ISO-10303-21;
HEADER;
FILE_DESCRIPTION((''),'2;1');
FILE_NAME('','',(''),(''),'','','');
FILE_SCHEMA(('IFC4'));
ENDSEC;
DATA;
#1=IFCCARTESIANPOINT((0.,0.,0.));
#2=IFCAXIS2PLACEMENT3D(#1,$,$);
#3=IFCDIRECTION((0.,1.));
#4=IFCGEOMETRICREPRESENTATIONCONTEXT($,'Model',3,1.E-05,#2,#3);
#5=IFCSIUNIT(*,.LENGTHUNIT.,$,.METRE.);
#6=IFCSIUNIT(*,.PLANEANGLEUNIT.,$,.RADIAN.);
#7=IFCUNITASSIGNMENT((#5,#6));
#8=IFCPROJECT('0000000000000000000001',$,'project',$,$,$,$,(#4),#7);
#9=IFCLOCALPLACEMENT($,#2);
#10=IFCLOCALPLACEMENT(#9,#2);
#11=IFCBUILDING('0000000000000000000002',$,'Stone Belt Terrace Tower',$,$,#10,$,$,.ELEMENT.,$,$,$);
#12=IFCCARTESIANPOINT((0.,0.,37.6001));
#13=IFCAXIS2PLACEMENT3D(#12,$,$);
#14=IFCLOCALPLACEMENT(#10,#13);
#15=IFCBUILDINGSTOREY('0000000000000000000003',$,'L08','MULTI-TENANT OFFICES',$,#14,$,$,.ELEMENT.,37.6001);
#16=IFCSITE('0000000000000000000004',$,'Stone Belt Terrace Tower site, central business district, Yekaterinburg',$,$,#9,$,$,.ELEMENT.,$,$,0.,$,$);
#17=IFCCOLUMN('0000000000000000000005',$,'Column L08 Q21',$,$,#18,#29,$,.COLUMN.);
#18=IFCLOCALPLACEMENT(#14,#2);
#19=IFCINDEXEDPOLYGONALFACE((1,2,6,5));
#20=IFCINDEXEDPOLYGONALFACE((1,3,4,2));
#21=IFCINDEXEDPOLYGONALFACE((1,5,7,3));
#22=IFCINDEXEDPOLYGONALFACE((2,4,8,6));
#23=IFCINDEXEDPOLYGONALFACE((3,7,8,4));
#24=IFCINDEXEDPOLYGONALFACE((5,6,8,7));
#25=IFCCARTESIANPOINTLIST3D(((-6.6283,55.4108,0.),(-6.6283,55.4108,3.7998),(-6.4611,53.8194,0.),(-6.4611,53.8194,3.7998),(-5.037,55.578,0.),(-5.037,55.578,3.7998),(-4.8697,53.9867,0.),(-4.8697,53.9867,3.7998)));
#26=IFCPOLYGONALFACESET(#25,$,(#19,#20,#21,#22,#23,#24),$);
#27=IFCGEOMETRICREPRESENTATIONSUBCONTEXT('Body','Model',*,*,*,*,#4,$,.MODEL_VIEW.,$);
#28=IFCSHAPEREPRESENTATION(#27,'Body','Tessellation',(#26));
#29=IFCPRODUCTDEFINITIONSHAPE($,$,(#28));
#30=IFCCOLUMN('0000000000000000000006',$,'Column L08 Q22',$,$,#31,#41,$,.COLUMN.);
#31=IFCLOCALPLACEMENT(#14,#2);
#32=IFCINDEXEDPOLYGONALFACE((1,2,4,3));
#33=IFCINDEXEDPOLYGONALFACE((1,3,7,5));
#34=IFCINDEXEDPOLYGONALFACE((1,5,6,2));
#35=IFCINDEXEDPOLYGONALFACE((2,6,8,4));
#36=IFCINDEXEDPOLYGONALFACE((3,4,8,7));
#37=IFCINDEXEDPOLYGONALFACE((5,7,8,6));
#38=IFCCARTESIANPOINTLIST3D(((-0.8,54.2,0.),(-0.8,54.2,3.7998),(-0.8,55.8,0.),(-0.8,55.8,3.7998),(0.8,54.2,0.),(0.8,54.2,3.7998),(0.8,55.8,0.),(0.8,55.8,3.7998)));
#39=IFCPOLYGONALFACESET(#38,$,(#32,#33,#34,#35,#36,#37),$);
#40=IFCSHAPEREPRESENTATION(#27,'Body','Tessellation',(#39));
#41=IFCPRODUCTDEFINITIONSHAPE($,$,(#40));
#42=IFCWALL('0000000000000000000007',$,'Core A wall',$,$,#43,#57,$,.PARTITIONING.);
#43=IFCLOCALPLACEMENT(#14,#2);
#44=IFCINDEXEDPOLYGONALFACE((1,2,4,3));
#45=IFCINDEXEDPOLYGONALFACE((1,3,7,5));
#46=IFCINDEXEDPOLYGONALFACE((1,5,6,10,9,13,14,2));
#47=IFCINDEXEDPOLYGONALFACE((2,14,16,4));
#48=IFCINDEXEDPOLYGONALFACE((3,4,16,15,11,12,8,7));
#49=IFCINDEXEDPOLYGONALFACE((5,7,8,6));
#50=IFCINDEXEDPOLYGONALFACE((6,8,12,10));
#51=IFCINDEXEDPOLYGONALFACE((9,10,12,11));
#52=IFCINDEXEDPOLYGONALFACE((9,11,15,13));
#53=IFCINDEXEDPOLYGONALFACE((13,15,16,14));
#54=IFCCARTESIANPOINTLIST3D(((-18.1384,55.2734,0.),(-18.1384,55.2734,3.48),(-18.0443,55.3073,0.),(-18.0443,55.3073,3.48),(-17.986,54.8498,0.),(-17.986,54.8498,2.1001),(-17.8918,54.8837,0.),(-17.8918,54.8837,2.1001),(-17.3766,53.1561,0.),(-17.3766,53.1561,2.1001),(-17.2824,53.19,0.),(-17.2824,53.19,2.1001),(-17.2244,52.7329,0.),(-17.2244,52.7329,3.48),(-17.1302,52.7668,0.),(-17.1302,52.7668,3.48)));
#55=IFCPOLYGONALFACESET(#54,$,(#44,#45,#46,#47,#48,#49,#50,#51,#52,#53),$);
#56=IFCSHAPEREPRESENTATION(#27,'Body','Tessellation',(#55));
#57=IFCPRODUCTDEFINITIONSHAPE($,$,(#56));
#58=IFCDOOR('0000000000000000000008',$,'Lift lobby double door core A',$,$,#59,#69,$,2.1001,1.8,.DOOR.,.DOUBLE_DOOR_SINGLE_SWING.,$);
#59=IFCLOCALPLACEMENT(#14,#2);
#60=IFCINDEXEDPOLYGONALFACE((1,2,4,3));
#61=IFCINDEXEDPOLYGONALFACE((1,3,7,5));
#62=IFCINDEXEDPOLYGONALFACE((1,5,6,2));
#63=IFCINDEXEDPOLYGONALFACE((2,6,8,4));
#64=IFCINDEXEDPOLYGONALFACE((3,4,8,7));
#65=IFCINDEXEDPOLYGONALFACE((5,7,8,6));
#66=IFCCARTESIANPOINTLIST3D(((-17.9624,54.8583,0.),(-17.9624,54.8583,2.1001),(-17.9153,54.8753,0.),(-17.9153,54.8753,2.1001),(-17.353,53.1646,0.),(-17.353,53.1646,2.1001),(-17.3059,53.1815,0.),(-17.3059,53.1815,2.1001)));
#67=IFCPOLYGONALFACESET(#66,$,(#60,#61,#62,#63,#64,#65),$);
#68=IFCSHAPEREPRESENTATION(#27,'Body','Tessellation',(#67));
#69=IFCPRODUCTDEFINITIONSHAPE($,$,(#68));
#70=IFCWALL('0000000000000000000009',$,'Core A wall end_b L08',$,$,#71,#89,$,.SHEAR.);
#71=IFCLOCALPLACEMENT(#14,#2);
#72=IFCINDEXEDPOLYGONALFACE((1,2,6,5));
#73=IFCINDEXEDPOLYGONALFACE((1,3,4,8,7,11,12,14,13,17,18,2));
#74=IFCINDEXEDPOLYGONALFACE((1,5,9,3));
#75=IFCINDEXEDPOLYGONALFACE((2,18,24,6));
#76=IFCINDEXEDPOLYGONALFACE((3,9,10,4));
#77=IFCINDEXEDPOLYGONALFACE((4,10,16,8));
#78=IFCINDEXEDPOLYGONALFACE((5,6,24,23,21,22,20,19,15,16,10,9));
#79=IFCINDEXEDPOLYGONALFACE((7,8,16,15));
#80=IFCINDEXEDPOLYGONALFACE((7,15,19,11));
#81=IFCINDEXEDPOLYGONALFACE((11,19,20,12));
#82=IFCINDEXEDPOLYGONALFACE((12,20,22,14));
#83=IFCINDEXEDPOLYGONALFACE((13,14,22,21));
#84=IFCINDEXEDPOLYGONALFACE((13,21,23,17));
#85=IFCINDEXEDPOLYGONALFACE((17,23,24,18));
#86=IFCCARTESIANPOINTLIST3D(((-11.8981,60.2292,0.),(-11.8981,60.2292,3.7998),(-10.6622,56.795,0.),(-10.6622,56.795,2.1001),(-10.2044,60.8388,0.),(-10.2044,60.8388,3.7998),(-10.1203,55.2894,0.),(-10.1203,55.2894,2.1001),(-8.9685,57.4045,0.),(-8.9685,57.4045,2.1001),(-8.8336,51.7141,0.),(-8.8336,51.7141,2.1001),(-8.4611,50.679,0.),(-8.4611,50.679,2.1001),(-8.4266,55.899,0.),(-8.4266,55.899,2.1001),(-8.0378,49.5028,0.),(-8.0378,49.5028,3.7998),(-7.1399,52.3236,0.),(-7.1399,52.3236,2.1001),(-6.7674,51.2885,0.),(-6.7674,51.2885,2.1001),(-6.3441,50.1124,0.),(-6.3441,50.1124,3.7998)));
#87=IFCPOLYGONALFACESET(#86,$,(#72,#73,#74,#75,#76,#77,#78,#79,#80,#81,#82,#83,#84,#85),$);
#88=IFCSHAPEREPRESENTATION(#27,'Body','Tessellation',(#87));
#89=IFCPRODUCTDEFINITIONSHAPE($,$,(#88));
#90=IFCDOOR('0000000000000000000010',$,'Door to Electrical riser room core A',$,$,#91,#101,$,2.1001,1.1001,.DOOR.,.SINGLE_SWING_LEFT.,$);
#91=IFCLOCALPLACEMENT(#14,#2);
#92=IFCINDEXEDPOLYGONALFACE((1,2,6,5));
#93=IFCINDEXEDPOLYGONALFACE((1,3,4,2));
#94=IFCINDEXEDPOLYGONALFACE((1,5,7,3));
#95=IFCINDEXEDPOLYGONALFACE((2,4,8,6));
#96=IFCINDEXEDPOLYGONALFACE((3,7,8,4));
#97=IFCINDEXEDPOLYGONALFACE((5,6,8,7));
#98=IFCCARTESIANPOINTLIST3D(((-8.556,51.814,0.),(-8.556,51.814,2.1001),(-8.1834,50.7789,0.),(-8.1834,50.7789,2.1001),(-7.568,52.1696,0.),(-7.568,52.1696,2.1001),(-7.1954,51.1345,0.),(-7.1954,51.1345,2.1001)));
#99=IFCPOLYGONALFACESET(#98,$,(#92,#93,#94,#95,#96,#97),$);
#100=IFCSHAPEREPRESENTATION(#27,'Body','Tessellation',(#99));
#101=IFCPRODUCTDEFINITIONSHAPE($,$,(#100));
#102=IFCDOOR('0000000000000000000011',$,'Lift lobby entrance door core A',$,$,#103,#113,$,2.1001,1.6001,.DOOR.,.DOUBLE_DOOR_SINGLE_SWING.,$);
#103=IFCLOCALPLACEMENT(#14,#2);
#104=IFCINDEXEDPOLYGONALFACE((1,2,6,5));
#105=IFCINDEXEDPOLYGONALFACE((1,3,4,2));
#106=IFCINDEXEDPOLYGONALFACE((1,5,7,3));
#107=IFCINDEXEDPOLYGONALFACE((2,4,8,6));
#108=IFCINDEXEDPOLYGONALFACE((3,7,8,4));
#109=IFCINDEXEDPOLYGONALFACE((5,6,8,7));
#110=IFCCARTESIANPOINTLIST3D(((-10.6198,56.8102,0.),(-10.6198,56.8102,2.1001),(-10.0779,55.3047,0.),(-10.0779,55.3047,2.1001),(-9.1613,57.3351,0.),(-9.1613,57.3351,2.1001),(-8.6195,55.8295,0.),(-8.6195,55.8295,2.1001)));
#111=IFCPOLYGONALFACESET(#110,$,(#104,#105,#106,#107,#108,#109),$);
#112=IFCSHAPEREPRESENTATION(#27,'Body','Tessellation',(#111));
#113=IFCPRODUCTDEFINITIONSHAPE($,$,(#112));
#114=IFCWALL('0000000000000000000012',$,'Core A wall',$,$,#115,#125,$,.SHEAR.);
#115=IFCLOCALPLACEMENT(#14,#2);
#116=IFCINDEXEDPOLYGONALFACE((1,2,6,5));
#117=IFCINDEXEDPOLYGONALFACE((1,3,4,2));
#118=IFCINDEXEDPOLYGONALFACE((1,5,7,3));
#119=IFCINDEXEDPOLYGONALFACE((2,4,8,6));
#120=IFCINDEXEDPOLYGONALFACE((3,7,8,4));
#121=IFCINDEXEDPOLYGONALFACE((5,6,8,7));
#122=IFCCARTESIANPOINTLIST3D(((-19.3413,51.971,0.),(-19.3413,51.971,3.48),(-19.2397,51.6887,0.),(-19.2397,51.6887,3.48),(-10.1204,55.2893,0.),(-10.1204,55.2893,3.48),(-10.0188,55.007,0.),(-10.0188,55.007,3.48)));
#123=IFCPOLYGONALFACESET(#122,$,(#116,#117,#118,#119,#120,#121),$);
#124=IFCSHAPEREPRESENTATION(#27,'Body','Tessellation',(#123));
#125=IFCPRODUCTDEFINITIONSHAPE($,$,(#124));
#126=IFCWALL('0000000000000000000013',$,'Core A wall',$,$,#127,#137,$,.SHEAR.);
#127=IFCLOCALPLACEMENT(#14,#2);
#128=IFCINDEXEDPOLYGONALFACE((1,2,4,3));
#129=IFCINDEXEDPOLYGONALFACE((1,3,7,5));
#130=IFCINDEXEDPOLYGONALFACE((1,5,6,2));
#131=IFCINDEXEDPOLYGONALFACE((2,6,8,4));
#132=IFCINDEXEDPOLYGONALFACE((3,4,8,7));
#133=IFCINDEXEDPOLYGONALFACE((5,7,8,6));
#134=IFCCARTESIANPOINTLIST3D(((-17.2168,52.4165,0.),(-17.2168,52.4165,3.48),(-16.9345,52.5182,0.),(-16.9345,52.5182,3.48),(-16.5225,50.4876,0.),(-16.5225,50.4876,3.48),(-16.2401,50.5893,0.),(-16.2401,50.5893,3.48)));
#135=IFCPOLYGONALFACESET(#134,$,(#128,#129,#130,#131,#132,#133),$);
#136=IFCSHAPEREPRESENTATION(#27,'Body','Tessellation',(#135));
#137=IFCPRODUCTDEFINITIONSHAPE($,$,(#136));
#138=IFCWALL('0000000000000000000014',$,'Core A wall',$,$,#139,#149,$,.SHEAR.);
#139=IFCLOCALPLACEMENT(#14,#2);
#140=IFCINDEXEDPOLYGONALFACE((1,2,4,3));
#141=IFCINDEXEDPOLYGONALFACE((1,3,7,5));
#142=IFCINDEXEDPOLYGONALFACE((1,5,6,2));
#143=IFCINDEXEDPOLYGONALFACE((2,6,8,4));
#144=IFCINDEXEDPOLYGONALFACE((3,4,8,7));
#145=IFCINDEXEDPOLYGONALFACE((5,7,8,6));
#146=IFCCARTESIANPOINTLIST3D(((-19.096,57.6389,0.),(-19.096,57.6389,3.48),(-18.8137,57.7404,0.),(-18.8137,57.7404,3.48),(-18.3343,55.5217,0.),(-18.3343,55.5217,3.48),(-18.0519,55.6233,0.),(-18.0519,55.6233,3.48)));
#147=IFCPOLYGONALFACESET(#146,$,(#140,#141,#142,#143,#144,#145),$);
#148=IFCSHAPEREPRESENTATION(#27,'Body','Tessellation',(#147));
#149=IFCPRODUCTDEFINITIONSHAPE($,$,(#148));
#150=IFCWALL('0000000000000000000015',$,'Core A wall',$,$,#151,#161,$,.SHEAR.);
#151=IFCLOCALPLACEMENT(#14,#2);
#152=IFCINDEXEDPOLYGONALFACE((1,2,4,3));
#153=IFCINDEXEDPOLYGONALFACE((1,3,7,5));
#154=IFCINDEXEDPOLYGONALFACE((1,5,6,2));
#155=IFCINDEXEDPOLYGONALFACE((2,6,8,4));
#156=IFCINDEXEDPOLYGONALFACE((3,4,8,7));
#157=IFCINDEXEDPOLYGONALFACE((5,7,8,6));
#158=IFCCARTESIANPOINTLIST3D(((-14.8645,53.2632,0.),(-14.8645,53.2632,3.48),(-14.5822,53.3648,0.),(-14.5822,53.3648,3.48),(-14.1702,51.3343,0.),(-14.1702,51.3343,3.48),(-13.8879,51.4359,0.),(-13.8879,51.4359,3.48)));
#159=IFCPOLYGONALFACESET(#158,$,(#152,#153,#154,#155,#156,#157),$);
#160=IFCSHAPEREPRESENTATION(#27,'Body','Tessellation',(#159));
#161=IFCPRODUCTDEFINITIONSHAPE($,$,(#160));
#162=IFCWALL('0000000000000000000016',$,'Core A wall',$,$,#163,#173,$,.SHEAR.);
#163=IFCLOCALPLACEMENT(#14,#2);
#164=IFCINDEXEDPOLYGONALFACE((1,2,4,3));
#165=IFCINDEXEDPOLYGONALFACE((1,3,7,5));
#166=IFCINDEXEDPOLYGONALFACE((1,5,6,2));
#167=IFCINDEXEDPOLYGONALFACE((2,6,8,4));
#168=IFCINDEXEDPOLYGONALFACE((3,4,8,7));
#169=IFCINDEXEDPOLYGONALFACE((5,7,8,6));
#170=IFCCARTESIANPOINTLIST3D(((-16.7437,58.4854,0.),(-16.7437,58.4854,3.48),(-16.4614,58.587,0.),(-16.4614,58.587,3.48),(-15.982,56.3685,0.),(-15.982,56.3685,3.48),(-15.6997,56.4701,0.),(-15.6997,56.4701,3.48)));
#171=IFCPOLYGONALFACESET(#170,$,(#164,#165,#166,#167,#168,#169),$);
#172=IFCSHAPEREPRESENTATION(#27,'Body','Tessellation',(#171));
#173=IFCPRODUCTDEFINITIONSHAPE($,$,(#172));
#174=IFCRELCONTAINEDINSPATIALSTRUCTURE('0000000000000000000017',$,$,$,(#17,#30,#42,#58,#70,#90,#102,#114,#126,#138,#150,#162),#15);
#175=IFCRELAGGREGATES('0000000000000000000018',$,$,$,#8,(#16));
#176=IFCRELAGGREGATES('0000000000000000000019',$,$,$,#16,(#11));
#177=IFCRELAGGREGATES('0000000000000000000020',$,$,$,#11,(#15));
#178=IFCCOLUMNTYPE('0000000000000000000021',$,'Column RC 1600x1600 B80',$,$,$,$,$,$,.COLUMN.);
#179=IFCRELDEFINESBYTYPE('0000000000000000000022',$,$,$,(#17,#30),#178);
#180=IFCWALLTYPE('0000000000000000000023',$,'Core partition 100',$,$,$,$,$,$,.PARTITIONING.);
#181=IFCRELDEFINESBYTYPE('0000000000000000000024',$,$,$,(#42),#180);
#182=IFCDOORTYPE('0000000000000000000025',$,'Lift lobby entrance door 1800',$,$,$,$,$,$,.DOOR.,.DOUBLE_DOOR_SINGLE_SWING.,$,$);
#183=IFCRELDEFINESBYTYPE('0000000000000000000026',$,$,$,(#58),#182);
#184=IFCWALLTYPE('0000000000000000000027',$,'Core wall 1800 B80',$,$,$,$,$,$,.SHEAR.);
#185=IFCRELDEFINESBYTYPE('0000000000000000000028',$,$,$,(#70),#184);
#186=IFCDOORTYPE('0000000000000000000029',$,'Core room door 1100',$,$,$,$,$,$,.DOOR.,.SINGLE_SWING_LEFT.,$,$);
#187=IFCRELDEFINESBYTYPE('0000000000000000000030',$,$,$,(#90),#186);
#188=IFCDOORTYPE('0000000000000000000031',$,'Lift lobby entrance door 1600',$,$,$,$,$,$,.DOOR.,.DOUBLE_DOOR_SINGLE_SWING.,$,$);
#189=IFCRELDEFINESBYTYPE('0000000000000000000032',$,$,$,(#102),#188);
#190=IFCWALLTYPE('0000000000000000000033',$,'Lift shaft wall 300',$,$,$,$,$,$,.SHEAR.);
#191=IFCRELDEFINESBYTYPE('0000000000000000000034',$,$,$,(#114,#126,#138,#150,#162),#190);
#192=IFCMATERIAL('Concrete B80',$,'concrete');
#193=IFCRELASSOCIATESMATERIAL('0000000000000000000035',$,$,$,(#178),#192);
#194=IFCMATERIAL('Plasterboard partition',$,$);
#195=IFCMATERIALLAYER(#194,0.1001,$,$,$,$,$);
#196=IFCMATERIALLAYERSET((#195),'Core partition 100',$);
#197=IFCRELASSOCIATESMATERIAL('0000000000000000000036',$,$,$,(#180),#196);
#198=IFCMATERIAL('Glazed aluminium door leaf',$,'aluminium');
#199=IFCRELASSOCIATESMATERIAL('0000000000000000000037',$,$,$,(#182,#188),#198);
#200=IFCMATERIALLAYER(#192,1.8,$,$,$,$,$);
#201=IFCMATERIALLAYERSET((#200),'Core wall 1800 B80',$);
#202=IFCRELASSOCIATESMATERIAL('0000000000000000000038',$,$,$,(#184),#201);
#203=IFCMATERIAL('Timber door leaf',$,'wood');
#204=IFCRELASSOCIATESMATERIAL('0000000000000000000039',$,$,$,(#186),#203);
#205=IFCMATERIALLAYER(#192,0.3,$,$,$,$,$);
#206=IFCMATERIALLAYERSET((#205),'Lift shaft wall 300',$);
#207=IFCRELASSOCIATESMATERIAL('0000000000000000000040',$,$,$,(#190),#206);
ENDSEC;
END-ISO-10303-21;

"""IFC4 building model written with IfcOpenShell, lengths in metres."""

from ifc_helpers import new_model, si_unit, direction, frame, frame_2d, origin, origin_2d, place, context, subcontext, project, spatial, rectangle, extrude, material, layer, layer_set, material_profile, profile_set, type_object, element, fill, save


model = new_model("IFC4")

# Units and contexts
model_context = context("Model", 3, precision=1e-05, world=origin(), true_north=direction((0.0, 1.0)))
body_context = subcontext(model_context, "Body", "Model", "MODEL_VIEW")
ifc_project = project(units=[si_unit("LENGTHUNIT", "METRE"), si_unit("PLANEANGLEUNIT", "RADIAN")], contexts=[model_context])

# Site, building, storey
site_placement = place(None, origin())
site = spatial("IfcSite", under=ifc_project, at=site_placement, Name="Stone Belt Terrace Tower site, central business district, Yekaterinburg", CompositionType="ELEMENT", RefElevation=0.0)
building_placement = place(site_placement, origin())
building = spatial("IfcBuilding", under=site, at=building_placement, Name="Stone Belt Terrace Tower", CompositionType="ELEMENT")
storey_placement = place(building_placement, frame((0.0, 0.0, 37.6001)))
storey = spatial("IfcBuildingStorey", under=building, at=storey_placement, Name="L08", Description="MULTI-TENANT OFFICES", CompositionType="ELEMENT", Elevation=37.6001)

# Columns
ifc_material_1 = material(Name="Concrete B80", Category="concrete")
ifc_material_profile = material_profile(ifc_material_1, rectangle(XDim=1.6001, YDim=1.6001, at=origin_2d()), Name="RC 1600x1600")
ifc_profile_set = profile_set([ifc_material_profile], Name="Concrete B80")
column_type = type_object("IfcColumnType", Name="Column RC 1600x1600 B80", PredefinedType="COLUMN", material=ifc_profile_set)
for number, where, z_axis, x_axis, name in (
    (1, (-5.749, 54.6987, 0.0), (0.0, 0.0, 1.0), (0.994522, 0.104528, 0.0), "Column L08 Q21"),
    (2, (0.0, 55.0, 0.0), (0.0, 0.0, 1.0), (1.0, 0.0, 0.0), "Column L08 Q22"),
):
    element("IfcColumn", number, at=place(storey_placement, frame(where, z_axis=z_axis, x_axis=x_axis)), inside=storey, type_object=column_type, Name=name, PredefinedType="COLUMN", context=body_context, shape_type="SweptSolid", body=[
        extrude(rectangle(XDim=1.6001, YDim=1.6001, at=origin_2d()), origin(), (0.0, 0.0, 1.0), 3.7998),
    ])

# Wall, opening, door
ifc_material_2 = material(Name="Plasterboard partition")
ifc_layer_1 = layer(ifc_material_2, 0.1001)
ifc_layer_set_1 = layer_set([ifc_layer_1], Name="Core partition 100")
wall_type_1 = type_object("IfcWallType", Name="Core partition 100", PredefinedType="PARTITIONING", material=ifc_layer_set_1)
wall_1_placement = place(storey_placement, frame((-17.1772, 52.7498, 0.0), z_axis=(0.0, 0.0, 1.0), x_axis=(-0.338547, 0.94095, 0.0)))
wall_1 = element("IfcWall", 3, at=wall_1_placement, inside=storey, type_object=wall_type_1, Name="Core A wall", PredefinedType="PARTITIONING", context=body_context, shape_type="SweptSolid", body=[
    extrude(rectangle(XDim=2.7, YDim=0.1001, at=frame_2d((1.3501, 0.0))), origin(), (0.0, 0.0, 1.0), 3.48),
])
opening_1_placement = place(wall_1_placement, frame((0.45, 0.0, 0.0)))
opening_1 = element("IfcOpeningElement", 4, at=opening_1_placement, cuts=wall_1, PredefinedType="OPENING", context=body_context, shape_type="SweptSolid", body=[
    extrude(rectangle(XDim=1.8, YDim=2.1001, at=frame_2d((0.8999, 1.05))), frame((0.0, 0.0601, 0.0), z_axis=(0.0, -1.0, 0.0), x_axis=(1.0, 0.0, 0.0)), (0.0, 0.0, 1.0), 0.1201),
])
ifc_material_3 = material(Name="Glazed aluminium door leaf", Category="aluminium")
door_type_1 = type_object("IfcDoorType", Name="Lift lobby entrance door 1800", OperationType="DOUBLE_DOOR_SINGLE_SWING", PredefinedType="DOOR", material=ifc_material_3)
door_1_placement = place(opening_1_placement, origin())
door_1 = element("IfcDoor", 5, at=door_1_placement, inside=storey, type_object=door_type_1, Name="Lift lobby double door core A", OperationType="DOUBLE_DOOR_SINGLE_SWING", OverallHeight=2.1001, OverallWidth=1.8, PredefinedType="DOOR", context=body_context, shape_type="SweptSolid", body=[
    extrude(rectangle(XDim=1.8, YDim=2.1001, at=frame_2d((0.8999, 1.05))), frame((0.0, 0.0249, 0.0), z_axis=(0.0, -1.0, 0.0), x_axis=(1.0, 0.0, 0.0)), (0.0, 0.0, 1.0), 0.05),
])
fill(opening_1, door_1)

# Wall, openings, doors
ifc_layer_2 = layer(ifc_material_1, 1.8)
ifc_layer_set_2 = layer_set([ifc_layer_2], Name="Core wall 1800 B80")
wall_type_2 = type_object("IfcWallType", Name="Core wall 1800 B80", PredefinedType="SHEAR", material=ifc_layer_set_2)
wall_2_placement = place(storey_placement, frame((-7.1909, 49.8076, 0.0), z_axis=(0.0, 0.0, 1.0), x_axis=(-0.338632, 0.940919, 0.0)))
wall_2 = element("IfcWall", 6, at=wall_2_placement, inside=storey, type_object=wall_type_2, Name="Core A wall end_b L08", PredefinedType="SHEAR", context=body_context, shape_type="SweptSolid", body=[
    extrude(rectangle(XDim=11.3999, YDim=1.8, at=frame_2d((5.7, 0.0))), origin(), (0.0, 0.0, 1.0), 3.7998),
])
opening_2_placement = place(wall_2_placement, frame((6.1499, 0.0, 0.0)))
opening_2 = element("IfcOpeningElement", 7, at=opening_2_placement, cuts=wall_2, PredefinedType="OPENING", context=body_context, shape_type="SweptSolid", body=[
    extrude(rectangle(XDim=1.6001, YDim=2.1001, at=frame_2d((0.8, 1.05))), frame((0.0, 0.9099, 0.0), z_axis=(0.0, -1.0, 0.0), x_axis=(1.0, 0.0, 0.0)), (0.0, 0.0, 1.0), 1.8201),
])
opening_3_placement = place(wall_2_placement, frame((1.25, 0.0, 0.0)))
opening_3 = element("IfcOpeningElement", 8, at=opening_3_placement, cuts=wall_2, PredefinedType="OPENING", context=body_context, shape_type="SweptSolid", body=[
    extrude(rectangle(XDim=1.1001, YDim=2.1001, at=frame_2d((0.55, 1.05))), frame((0.0, 0.9099, 0.0), z_axis=(0.0, -1.0, 0.0), x_axis=(1.0, 0.0, 0.0)), (0.0, 0.0, 1.0), 1.8201),
])
ifc_material_4 = material(Name="Timber door leaf", Category="wood")
door_type_2 = type_object("IfcDoorType", Name="Core room door 1100", OperationType="SINGLE_SWING_LEFT", PredefinedType="DOOR", material=ifc_material_4)
door_2_placement = place(opening_3_placement, origin())
door_2 = element("IfcDoor", 9, at=door_2_placement, inside=storey, type_object=door_type_2, Name="Door to Electrical riser room core A", OperationType="SINGLE_SWING_LEFT", OverallHeight=2.1001, OverallWidth=1.1001, PredefinedType="DOOR", context=body_context, shape_type="SweptSolid", body=[
    extrude(rectangle(XDim=1.1001, YDim=2.1001, at=frame_2d((0.55, 1.05))), frame((0.0, 0.605, 0.0), z_axis=(0.0, -1.0, 0.0), x_axis=(1.0, 0.0, 0.0)), (0.0, 0.0, 1.0), 1.05),
])
fill(opening_3, door_2)
door_type_3 = type_object("IfcDoorType", Name="Lift lobby entrance door 1600", OperationType="DOUBLE_DOOR_SINGLE_SWING", PredefinedType="DOOR", material=ifc_material_3)
door_3_placement = place(opening_2_placement, origin())
door_3 = element("IfcDoor", 10, at=door_3_placement, inside=storey, type_object=door_type_3, Name="Lift lobby entrance door core A", OperationType="DOUBLE_DOOR_SINGLE_SWING", OverallHeight=2.1001, OverallWidth=1.6001, PredefinedType="DOOR", context=body_context, shape_type="SweptSolid", body=[
    extrude(rectangle(XDim=1.6001, YDim=2.1001, at=frame_2d((0.8, 1.05))), frame((0.0, 0.855, 0.0), z_axis=(0.0, -1.0, 0.0), x_axis=(1.0, 0.0, 0.0)), (0.0, 0.0, 1.0), 1.55),
])
fill(opening_2, door_3)

# Walls
ifc_layer_3 = layer(ifc_material_1, 0.3)
ifc_layer_set_3 = layer_set([ifc_layer_3], Name="Lift shaft wall 300")
wall_type_3 = type_object("IfcWallType", Name="Lift shaft wall 300", PredefinedType="SHEAR", material=ifc_layer_set_3)
wall_3_placement = place(storey_placement, frame((-19.2905, 51.8298, 0.0), z_axis=(0.0, 0.0, 1.0), x_axis=(0.940926, 0.338613, 0.0)))
element("IfcWall", 11, at=wall_3_placement, inside=storey, type_object=wall_type_3, Name="Core A wall", PredefinedType="SHEAR", context=body_context, shape_type="SweptSolid", body=[
    extrude(rectangle(XDim=9.7998, YDim=0.3, at=frame_2d((4.8999, 0.0))), origin(), (0.0, 0.0, 1.0), 3.48),
])
wall_4_placement = place(storey_placement, frame((-16.3813, 50.5386, 0.0), z_axis=(0.0, 0.0, 1.0), x_axis=(-0.338682, 0.940901, 0.0)))
element("IfcWall", 12, at=wall_4_placement, inside=storey, type_object=wall_type_3, Name="Core A wall", PredefinedType="SHEAR", context=body_context, shape_type="SweptSolid", body=[
    extrude(rectangle(XDim=2.05, YDim=0.3, at=frame_2d((1.0249, 0.0))), origin(), (0.0, 0.0, 1.0), 3.48),
])
wall_5_placement = place(storey_placement, frame((-18.1931, 55.5725, 0.0), z_axis=(0.0, 0.0, 1.0), x_axis=(-0.338535, 0.940954, 0.0)))
element("IfcWall", 13, at=wall_5_placement, inside=storey, type_object=wall_type_3, Name="Core A wall", PredefinedType="SHEAR", context=body_context, shape_type="SweptSolid", body=[
    extrude(rectangle(XDim=2.25, YDim=0.3, at=frame_2d((1.125, 0.0))), origin(), (0.0, 0.0, 1.0), 3.48),
])
wall_6_placement = place(storey_placement, frame((-14.0291, 51.3853, 0.0), z_axis=(0.0, 0.0, 1.0), x_axis=(-0.338682, 0.940901, 0.0)))
element("IfcWall", 14, at=wall_6_placement, inside=storey, type_object=wall_type_3, Name="Core A wall", PredefinedType="SHEAR", context=body_context, shape_type="SweptSolid", body=[
    extrude(rectangle(XDim=2.05, YDim=0.3, at=frame_2d((1.0249, 0.0))), origin(), (0.0, 0.0, 1.0), 3.48),
])
wall_7_placement = place(storey_placement, frame((-15.8408, 56.4192, 0.0), z_axis=(0.0, 0.0, 1.0), x_axis=(-0.33857, 0.940941, 0.0)))
element("IfcWall", 15, at=wall_7_placement, inside=storey, type_object=wall_type_3, Name="Core A wall", PredefinedType="SHEAR", context=body_context, shape_type="SweptSolid", body=[
    extrude(rectangle(XDim=2.2498, YDim=0.3, at=frame_2d((1.125, 0.0))), origin(), (0.0, 0.0, 1.0), 3.48),
])

save(model, "model.ifc")
